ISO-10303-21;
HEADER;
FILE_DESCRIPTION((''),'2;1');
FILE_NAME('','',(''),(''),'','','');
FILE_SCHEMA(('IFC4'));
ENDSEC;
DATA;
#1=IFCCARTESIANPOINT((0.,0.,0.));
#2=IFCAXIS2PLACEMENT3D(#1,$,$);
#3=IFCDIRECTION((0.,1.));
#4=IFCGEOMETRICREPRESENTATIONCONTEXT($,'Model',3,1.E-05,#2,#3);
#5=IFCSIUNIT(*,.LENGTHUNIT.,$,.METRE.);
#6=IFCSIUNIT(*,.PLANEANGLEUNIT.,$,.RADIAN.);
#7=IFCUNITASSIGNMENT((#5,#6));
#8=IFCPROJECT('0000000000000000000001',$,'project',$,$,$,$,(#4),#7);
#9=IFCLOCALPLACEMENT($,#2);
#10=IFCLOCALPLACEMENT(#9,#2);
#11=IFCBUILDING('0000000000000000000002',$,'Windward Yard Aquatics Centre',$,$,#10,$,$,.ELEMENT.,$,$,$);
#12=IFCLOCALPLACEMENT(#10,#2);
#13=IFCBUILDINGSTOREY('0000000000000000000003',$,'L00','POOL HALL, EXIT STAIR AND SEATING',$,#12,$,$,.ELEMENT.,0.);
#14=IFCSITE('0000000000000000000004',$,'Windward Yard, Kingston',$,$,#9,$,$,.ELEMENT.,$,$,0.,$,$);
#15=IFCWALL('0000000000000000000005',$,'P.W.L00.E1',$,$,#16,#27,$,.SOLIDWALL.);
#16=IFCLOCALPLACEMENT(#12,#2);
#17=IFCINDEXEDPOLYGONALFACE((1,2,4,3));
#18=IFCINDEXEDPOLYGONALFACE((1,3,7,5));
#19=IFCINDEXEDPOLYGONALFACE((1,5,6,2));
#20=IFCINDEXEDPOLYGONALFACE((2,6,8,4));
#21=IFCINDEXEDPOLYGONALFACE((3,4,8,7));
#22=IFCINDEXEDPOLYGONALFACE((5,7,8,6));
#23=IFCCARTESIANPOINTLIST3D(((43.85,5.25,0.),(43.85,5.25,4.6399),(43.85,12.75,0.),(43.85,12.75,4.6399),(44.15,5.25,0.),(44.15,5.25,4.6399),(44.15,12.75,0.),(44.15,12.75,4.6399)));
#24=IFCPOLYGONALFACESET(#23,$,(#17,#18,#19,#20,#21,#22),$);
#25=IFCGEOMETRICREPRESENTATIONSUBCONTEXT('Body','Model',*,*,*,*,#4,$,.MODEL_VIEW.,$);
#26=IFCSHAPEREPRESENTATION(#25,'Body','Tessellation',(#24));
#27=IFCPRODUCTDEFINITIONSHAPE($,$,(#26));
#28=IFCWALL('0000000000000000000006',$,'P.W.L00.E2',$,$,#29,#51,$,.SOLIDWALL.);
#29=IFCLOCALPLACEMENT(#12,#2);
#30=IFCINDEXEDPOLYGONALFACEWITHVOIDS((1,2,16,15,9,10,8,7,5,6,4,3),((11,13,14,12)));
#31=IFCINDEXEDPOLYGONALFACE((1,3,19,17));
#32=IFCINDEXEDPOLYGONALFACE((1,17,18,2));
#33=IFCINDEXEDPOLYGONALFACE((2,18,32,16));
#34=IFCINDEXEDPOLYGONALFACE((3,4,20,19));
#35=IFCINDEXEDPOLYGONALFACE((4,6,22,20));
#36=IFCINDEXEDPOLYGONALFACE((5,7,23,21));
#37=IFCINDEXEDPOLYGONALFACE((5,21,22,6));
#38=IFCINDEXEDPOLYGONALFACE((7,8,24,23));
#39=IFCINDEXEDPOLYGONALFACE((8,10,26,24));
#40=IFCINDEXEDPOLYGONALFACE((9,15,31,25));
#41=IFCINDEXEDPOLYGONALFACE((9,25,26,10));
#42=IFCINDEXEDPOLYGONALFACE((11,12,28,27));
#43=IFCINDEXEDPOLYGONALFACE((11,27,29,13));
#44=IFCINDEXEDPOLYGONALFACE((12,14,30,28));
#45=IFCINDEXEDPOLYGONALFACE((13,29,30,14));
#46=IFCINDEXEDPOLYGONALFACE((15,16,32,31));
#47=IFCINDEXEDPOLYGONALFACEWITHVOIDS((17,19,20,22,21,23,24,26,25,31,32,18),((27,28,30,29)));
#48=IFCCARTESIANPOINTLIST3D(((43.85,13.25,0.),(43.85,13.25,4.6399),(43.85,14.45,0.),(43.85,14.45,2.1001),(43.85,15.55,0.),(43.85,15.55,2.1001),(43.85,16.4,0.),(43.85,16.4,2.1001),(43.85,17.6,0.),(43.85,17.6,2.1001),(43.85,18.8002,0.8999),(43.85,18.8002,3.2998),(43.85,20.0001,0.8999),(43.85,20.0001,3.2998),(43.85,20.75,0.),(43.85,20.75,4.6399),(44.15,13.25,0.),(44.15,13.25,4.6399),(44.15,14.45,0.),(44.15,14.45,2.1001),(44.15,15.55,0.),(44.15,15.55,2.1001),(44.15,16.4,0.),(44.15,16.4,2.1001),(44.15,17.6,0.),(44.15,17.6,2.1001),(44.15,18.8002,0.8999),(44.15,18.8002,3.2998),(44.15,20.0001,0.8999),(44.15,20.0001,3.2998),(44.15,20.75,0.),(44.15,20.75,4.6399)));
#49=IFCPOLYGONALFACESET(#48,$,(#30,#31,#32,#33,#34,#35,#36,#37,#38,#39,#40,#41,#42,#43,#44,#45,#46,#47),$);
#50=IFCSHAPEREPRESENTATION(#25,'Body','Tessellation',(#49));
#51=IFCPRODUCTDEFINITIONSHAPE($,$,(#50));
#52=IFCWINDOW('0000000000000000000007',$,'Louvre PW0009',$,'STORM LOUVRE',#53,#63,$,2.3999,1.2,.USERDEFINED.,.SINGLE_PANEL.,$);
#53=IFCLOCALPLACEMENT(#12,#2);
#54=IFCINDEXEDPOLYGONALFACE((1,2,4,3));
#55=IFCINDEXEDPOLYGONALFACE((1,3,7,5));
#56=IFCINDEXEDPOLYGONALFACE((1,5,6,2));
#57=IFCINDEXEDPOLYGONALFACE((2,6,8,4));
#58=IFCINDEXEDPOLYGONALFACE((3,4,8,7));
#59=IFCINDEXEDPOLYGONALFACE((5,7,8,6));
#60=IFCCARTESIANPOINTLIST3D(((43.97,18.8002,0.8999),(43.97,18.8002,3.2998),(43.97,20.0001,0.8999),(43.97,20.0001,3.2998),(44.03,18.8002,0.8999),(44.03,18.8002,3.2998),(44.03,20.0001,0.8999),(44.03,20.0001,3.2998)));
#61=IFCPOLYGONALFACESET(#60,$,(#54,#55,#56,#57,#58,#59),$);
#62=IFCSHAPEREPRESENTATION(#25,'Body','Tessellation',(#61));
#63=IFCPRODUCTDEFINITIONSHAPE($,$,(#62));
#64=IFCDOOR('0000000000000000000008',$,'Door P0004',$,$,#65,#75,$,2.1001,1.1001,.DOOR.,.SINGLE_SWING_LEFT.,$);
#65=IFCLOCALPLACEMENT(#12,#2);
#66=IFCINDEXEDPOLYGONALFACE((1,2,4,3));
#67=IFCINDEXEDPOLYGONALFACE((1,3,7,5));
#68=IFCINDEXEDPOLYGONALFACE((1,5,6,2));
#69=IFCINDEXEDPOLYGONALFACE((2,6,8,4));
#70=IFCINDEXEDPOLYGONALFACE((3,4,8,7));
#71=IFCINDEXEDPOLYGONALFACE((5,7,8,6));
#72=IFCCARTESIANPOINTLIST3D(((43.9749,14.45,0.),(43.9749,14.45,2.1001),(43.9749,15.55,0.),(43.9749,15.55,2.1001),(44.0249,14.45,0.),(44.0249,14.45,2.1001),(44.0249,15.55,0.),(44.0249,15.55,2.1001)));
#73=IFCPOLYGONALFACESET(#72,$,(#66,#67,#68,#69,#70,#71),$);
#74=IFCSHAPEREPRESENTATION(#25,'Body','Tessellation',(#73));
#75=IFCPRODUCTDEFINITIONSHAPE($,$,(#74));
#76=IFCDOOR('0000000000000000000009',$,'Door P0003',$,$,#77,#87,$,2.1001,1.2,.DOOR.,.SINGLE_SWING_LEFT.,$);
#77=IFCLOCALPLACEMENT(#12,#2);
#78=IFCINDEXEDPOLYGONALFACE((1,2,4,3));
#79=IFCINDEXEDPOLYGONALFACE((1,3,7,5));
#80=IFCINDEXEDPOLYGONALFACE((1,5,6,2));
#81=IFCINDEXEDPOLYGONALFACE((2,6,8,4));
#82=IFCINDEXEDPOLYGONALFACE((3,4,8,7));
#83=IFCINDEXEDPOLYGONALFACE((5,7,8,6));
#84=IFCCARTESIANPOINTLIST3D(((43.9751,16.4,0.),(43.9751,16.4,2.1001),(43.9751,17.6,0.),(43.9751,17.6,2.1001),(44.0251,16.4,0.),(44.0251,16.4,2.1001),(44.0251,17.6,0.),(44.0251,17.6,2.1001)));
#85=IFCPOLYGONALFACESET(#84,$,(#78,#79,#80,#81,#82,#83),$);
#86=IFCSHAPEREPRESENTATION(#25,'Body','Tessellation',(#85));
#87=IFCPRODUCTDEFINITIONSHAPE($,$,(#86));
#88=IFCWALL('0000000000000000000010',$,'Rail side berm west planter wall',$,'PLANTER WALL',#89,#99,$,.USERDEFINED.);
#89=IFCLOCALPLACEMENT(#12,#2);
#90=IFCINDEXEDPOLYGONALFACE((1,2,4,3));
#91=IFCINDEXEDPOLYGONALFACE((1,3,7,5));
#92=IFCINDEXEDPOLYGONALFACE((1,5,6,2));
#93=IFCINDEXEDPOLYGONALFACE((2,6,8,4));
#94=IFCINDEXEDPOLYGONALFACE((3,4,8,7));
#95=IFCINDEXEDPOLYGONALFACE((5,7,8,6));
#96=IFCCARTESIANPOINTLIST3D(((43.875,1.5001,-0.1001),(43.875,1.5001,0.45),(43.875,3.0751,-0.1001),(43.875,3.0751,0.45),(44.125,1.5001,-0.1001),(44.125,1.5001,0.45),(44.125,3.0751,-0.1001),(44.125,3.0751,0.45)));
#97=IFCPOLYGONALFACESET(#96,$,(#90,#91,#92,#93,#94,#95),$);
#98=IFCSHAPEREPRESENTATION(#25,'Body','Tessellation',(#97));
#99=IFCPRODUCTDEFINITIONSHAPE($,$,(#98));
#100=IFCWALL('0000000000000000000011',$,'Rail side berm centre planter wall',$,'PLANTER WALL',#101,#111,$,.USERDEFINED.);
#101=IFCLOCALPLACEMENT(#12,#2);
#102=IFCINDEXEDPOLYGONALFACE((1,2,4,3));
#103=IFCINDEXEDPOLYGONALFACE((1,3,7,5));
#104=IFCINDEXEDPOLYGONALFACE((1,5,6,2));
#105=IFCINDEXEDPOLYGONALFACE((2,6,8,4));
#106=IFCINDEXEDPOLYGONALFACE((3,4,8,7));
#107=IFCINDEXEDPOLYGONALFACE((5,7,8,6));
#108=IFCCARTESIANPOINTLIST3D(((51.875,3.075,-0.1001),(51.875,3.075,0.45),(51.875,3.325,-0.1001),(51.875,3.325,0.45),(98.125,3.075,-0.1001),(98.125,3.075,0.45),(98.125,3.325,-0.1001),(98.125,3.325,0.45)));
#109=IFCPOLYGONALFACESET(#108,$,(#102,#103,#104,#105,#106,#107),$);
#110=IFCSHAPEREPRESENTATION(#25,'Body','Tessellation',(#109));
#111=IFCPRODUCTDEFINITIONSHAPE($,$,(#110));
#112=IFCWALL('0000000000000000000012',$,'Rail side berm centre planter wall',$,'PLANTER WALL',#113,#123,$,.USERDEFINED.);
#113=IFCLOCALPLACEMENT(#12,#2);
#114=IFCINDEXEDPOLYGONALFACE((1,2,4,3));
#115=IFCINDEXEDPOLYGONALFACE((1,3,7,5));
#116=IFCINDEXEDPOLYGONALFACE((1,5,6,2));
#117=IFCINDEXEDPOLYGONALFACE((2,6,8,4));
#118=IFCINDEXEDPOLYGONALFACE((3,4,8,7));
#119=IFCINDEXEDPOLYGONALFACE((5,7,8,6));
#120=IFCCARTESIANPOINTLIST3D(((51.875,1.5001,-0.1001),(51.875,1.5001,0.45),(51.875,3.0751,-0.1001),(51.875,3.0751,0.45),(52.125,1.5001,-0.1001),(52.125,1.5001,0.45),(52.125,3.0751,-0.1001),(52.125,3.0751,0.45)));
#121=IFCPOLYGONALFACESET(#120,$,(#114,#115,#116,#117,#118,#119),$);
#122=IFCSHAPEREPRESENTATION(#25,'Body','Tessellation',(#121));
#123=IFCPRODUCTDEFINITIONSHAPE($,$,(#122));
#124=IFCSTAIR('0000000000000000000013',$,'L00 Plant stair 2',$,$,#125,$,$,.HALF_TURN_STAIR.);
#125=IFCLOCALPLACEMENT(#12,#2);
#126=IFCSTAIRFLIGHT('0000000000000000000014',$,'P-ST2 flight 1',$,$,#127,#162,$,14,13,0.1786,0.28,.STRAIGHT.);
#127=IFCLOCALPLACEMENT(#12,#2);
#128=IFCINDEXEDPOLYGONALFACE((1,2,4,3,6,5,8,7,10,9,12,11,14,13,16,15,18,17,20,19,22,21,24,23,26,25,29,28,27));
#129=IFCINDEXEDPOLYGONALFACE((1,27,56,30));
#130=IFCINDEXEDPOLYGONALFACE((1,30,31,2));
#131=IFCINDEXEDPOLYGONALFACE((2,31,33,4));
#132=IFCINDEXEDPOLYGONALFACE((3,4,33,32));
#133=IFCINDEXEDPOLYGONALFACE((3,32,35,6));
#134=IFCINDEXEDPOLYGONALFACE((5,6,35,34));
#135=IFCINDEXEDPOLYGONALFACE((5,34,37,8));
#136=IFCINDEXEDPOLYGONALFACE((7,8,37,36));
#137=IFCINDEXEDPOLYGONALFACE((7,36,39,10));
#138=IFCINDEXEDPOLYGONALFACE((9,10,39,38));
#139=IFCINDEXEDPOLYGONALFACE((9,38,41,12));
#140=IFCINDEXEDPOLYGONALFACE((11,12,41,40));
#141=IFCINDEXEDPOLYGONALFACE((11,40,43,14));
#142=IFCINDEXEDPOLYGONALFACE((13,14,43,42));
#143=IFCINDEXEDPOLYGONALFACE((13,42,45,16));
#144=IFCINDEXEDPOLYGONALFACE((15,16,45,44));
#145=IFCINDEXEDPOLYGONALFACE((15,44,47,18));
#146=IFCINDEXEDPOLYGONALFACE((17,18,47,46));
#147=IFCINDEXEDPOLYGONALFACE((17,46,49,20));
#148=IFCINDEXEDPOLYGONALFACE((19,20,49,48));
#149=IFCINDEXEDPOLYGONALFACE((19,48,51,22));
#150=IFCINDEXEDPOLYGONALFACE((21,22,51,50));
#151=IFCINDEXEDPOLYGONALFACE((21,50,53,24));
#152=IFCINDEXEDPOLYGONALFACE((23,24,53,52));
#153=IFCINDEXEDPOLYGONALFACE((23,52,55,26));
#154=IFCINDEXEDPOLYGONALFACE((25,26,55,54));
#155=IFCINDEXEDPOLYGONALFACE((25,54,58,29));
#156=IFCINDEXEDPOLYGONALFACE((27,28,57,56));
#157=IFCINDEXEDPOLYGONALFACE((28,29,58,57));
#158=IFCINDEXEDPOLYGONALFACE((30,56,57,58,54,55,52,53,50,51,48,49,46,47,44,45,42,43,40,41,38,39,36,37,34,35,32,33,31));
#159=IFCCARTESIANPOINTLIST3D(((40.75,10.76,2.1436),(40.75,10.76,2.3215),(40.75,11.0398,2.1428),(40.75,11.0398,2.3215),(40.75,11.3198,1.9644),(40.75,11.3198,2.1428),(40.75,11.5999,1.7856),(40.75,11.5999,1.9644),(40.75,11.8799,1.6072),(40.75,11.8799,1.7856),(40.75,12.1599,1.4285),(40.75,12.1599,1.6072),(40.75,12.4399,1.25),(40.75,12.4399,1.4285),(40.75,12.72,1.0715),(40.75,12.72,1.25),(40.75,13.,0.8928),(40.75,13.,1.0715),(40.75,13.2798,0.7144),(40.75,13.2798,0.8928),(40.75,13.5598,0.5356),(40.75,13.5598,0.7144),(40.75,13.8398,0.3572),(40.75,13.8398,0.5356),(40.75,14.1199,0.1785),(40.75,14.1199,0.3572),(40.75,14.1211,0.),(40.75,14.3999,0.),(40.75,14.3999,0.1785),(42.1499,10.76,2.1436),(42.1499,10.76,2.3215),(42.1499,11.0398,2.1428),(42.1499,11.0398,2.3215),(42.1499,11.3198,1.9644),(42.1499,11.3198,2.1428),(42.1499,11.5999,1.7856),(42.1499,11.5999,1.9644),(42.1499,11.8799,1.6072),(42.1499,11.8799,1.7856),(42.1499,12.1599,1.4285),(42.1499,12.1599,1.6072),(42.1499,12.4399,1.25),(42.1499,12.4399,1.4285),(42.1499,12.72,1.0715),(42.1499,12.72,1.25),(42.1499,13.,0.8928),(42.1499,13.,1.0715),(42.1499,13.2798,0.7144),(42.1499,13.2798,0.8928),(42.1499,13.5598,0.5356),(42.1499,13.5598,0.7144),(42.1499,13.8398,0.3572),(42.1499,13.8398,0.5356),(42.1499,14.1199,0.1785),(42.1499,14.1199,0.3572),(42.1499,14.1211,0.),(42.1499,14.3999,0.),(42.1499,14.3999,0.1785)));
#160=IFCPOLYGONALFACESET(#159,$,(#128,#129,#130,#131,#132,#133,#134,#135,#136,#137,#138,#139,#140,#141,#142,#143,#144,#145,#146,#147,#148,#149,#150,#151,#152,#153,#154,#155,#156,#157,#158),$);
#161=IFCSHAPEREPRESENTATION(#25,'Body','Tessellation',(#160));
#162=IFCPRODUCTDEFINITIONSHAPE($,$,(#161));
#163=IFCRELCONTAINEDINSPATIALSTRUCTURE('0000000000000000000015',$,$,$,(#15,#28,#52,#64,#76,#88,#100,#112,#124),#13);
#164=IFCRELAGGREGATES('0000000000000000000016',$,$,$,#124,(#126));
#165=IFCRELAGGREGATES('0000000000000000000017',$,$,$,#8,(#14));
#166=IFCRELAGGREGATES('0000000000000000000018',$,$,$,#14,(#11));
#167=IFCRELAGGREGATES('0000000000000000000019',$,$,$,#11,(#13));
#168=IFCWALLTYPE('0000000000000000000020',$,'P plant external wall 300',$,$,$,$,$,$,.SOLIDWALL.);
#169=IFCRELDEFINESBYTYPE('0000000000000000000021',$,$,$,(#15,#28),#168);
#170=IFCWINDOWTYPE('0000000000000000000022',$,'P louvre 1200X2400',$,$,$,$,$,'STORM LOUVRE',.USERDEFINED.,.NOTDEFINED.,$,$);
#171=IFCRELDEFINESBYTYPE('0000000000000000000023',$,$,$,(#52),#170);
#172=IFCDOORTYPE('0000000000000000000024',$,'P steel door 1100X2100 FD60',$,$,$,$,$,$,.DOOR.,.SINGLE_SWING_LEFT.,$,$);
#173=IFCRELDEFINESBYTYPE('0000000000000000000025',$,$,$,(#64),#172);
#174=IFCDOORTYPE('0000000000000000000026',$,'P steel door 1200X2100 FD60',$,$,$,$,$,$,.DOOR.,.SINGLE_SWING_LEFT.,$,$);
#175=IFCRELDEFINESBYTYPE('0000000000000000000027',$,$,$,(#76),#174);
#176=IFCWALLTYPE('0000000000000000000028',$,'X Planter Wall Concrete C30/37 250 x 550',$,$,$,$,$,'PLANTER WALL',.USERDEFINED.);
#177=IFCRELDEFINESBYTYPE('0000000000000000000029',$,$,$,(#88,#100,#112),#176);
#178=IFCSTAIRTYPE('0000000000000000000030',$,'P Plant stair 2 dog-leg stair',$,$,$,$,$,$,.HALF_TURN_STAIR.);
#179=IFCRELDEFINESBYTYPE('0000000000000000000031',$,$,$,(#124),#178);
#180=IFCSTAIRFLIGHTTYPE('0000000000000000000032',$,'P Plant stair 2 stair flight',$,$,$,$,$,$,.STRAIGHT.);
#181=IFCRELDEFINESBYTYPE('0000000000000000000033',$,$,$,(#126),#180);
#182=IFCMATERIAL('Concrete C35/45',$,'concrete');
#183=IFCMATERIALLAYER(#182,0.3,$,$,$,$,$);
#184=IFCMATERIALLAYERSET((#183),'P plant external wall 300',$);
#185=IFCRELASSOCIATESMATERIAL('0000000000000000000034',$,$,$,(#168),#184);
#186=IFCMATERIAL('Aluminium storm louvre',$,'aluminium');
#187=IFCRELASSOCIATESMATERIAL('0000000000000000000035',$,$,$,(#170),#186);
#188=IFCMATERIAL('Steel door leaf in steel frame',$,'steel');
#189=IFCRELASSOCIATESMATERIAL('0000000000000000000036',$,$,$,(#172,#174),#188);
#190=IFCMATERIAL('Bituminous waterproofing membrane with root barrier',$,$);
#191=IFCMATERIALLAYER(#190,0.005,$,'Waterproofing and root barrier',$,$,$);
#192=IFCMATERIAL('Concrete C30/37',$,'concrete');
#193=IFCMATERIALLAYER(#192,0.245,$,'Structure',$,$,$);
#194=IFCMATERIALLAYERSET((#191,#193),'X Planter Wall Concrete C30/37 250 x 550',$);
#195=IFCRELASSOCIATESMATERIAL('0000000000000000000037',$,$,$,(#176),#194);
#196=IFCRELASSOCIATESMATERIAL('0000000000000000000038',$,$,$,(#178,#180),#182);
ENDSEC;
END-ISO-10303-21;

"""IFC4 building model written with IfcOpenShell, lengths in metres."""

from ifc_helpers import new_model, si_unit, direction, frame, frame_2d, origin, place, context, subcontext, project, spatial, polyline, rectangle, outline, extrude, material, layer, layer_set, type_object, element, fill, aggregate, save


model = new_model("IFC4")

# Units and contexts
model_context = context("Model", 3, precision=1e-05, world=origin(), true_north=direction((0.0, 1.0)))
body_context = subcontext(model_context, "Body", "Model", "MODEL_VIEW")
ifc_project = project(units=[si_unit("LENGTHUNIT", "METRE"), si_unit("PLANEANGLEUNIT", "RADIAN")], contexts=[model_context])

# Site, building, storey
site_placement = place(None, origin())
site = spatial("IfcSite", under=ifc_project, at=site_placement, Name="Windward Yard, Kingston", CompositionType="ELEMENT", RefElevation=0.0)
building_placement = place(site_placement, origin())
building = spatial("IfcBuilding", under=site, at=building_placement, Name="Windward Yard Aquatics Centre", CompositionType="ELEMENT")
storey_placement = place(building_placement, origin())
storey = spatial("IfcBuildingStorey", under=building, at=storey_placement, Name="L00", Description="POOL HALL, EXIT STAIR AND SEATING", CompositionType="ELEMENT", Elevation=0.0)

# Shared definitions
ifc_material_1 = material(Name="Concrete C35/45", Category="concrete")

# Shared definitions
ifc_material_2 = material(Name="Steel door leaf in steel frame", Category="steel")

# Wall
ifc_layer_1 = layer(ifc_material_1, 0.3)
ifc_layer_set_1 = layer_set([ifc_layer_1], Name="P plant external wall 300")
wall_type_1 = type_object("IfcWallType", Name="P plant external wall 300", PredefinedType="SOLIDWALL", material=ifc_layer_set_1)
wall_1_placement = place(storey_placement, frame((44.0, 5.25, 0.0), z_axis=(0.0, 0.0, 1.0), x_axis=(0.0, 1.0, 0.0)))
element("IfcWall", 1, at=wall_1_placement, inside=storey, type_object=wall_type_1, Name="P.W.L00.E1", PredefinedType="SOLIDWALL", context=body_context, shape_type="SweptSolid", body=[
    extrude(rectangle(XDim=7.5, YDim=0.3, at=frame_2d((3.75, 0.0))), origin(), (0.0, 0.0, 1.0), 4.6399),
])

# Wall, openings, window, doors
wall_2_placement = place(storey_placement, frame((44.0, 13.25, 0.0), z_axis=(0.0, 0.0, 1.0), x_axis=(0.0, 1.0, 0.0)))
wall_2 = element("IfcWall", 2, at=wall_2_placement, inside=storey, type_object=wall_type_1, Name="P.W.L00.E2", PredefinedType="SOLIDWALL", context=body_context, shape_type="SweptSolid", body=[
    extrude(rectangle(XDim=7.5, YDim=0.3, at=frame_2d((3.75, 0.0))), origin(), (0.0, 0.0, 1.0), 4.6399),
])
opening_1_placement = place(wall_2_placement, frame((3.1499, 0.0, 0.0)))
opening_1 = element("IfcOpeningElement", 3, at=opening_1_placement, cuts=wall_2, PredefinedType="OPENING", context=body_context, shape_type="SweptSolid", body=[
    extrude(rectangle(XDim=1.2, YDim=2.1001, at=frame_2d((0.6001, 1.05))), frame((0.0, 0.1602, 0.0), z_axis=(0.0, -1.0, 0.0), x_axis=(1.0, 0.0, 0.0)), (0.0, 0.0, 1.0), 0.3201),
])
opening_2_placement = place(wall_2_placement, frame((2.3, 0.0, 0.0), z_axis=(0.0, 0.0, 1.0), x_axis=(-1.0, 0.0, 0.0)))
opening_2 = element("IfcOpeningElement", 4, at=opening_2_placement, cuts=wall_2, PredefinedType="OPENING", context=body_context, shape_type="SweptSolid", body=[
    extrude(rectangle(XDim=1.1001, YDim=2.1001, at=frame_2d((0.55, 1.05))), frame((0.0, 0.1602, 0.0), z_axis=(0.0, -1.0, 0.0), x_axis=(1.0, 0.0, 0.0)), (0.0, 0.0, 1.0), 0.3201),
])
opening_3_placement = place(wall_2_placement, frame((5.55, 0.0, 0.8999)))
opening_3 = element("IfcOpeningElement", 5, at=opening_3_placement, cuts=wall_2, PredefinedType="OPENING", context=body_context, shape_type="SweptSolid", body=[
    extrude(rectangle(XDim=1.2, YDim=2.3999, at=frame_2d((0.6001, 1.2))), frame((0.0, 0.1602, 0.0), z_axis=(0.0, -1.0, 0.0), x_axis=(1.0, 0.0, 0.0)), (0.0, 0.0, 1.0), 0.3201),
])
ifc_material_3 = material(Name="Aluminium storm louvre", Category="aluminium")
window_type = type_object("IfcWindowType", Name="P louvre 1200X2400", ElementType="STORM LOUVRE", PartitioningType="NOTDEFINED", PredefinedType="USERDEFINED", material=ifc_material_3)
window_placement = place(opening_3_placement, origin())
window = element("IfcWindow", 6, at=window_placement, inside=storey, type_object=window_type, Name="Louvre PW0009", ObjectType="STORM LOUVRE", OverallHeight=2.3999, OverallWidth=1.2, PartitioningType="SINGLE_PANEL", PredefinedType="USERDEFINED", context=body_context, shape_type="SweptSolid", body=[
    extrude(rectangle(XDim=1.2, YDim=2.3999, at=frame_2d((0.6001, 1.2))), frame((0.0, 0.03, 0.0), z_axis=(0.0, -1.0, 0.0), x_axis=(1.0, 0.0, 0.0)), (0.0, 0.0, 1.0), 0.0601),
])
fill(opening_3, window)
door_type_1 = type_object("IfcDoorType", Name="P steel door 1100X2100 FD60", OperationType="SINGLE_SWING_LEFT", PredefinedType="DOOR", material=ifc_material_2)
door_1_placement = place(opening_2_placement, origin())
door_1 = element("IfcDoor", 7, at=door_1_placement, inside=storey, type_object=door_type_1, Name="Door P0004", OperationType="SINGLE_SWING_LEFT", OverallHeight=2.1001, OverallWidth=1.1001, PredefinedType="DOOR", context=body_context, shape_type="SweptSolid", body=[
    extrude(rectangle(XDim=1.1001, YDim=2.1001, at=frame_2d((0.55, 1.05))), frame((0.0, 0.0249, 0.0), z_axis=(0.0, -1.0, 0.0), x_axis=(1.0, 0.0, 0.0)), (0.0, 0.0, 1.0), 0.05),
])
fill(opening_2, door_1)
door_type_2 = type_object("IfcDoorType", Name="P steel door 1200X2100 FD60", OperationType="SINGLE_SWING_LEFT", PredefinedType="DOOR", material=ifc_material_2)
door_2_placement = place(opening_1_placement, origin())
door_2 = element("IfcDoor", 8, at=door_2_placement, inside=storey, type_object=door_type_2, Name="Door P0003", OperationType="SINGLE_SWING_LEFT", OverallHeight=2.1001, OverallWidth=1.2, PredefinedType="DOOR", context=body_context, shape_type="SweptSolid", body=[
    extrude(rectangle(XDim=1.2, YDim=2.1001, at=frame_2d((0.6001, 1.05))), frame((0.0, 0.0249, 0.0), z_axis=(0.0, -1.0, 0.0), x_axis=(1.0, 0.0, 0.0)), (0.0, 0.0, 1.0), 0.05),
])
fill(opening_1, door_2)

# Walls
ifc_material_4 = material(Name="Bituminous waterproofing membrane with root barrier")
ifc_layer_2 = layer(ifc_material_4, 0.005, Name="Waterproofing and root barrier")
ifc_material_5 = material(Name="Concrete C30/37", Category="concrete")
ifc_layer_3 = layer(ifc_material_5, 0.245, Name="Structure")
ifc_layer_set_2 = layer_set([ifc_layer_2, ifc_layer_3], Name="X Planter Wall Concrete C30/37 250 x 550")
wall_type_2 = type_object("IfcWallType", Name="X Planter Wall Concrete C30/37 250 x 550", ElementType="PLANTER WALL", PredefinedType="USERDEFINED", material=ifc_layer_set_2)
wall_3_placement = place(storey_placement, frame((44.0, 1.5, -0.1001), z_axis=(0.0, 0.0, 1.0), x_axis=(0.0, 1.0, 0.0)))
element("IfcWall", 9, at=wall_3_placement, inside=storey, type_object=wall_type_2, Name="Rail side berm west planter wall", ObjectType="PLANTER WALL", PredefinedType="USERDEFINED", context=body_context, shape_type="SweptSolid", body=[
    extrude(rectangle(XDim=1.575, YDim=0.25, at=frame_2d((0.7876, 0.0))), origin(), (0.0, 0.0, 1.0), 0.55),
])
wall_4_placement = place(storey_placement, frame((51.875, 3.2, -0.1001), z_axis=(0.0, 0.0, 1.0), x_axis=(1.0, 0.0, 0.0)))
element("IfcWall", 10, at=wall_4_placement, inside=storey, type_object=wall_type_2, Name="Rail side berm centre planter wall", ObjectType="PLANTER WALL", PredefinedType="USERDEFINED", context=body_context, shape_type="SweptSolid", body=[
    extrude(rectangle(XDim=46.25, YDim=0.25, at=frame_2d((23.125, 0.0))), origin(), (0.0, 0.0, 1.0), 0.55),
])
wall_5_placement = place(storey_placement, frame((52.0, 1.5, -0.1001), z_axis=(0.0, 0.0, 1.0), x_axis=(0.0, 1.0, 0.0)))
element("IfcWall", 11, at=wall_5_placement, inside=storey, type_object=wall_type_2, Name="Rail side berm centre planter wall", ObjectType="PLANTER WALL", PredefinedType="USERDEFINED", context=body_context, shape_type="SweptSolid", body=[
    extrude(rectangle(XDim=1.575, YDim=0.25, at=frame_2d((0.7876, 0.0))), origin(), (0.0, 0.0, 1.0), 0.55),
])

# Stair, stair flight
stair_type = type_object("IfcStairType", Name="P Plant stair 2 dog-leg stair", PredefinedType="HALF_TURN_STAIR", material=ifc_material_1)
stair_placement = place(storey_placement, origin())
stair = element("IfcStair", 12, at=stair_placement, inside=storey, type_object=stair_type, Name="L00 Plant stair 2", PredefinedType="HALF_TURN_STAIR")
stair_flight_type = type_object("IfcStairFlightType", Name="P Plant stair 2 stair flight", PredefinedType="STRAIGHT", material=ifc_material_1)
stair_flight_1_placement = place(storey_placement, frame((41.45, 14.3999, 0.0), z_axis=(0.0, 0.0, 1.0), x_axis=(0.0, -1.0, 0.0)))
stair_flight_1 = element("IfcStairFlight", 13, at=stair_flight_1_placement, type_object=stair_flight_type, Name="P-ST2 flight 1", NumberOfRisers=14, NumberOfTreads=13, PredefinedType="STRAIGHT", RiserHeight=0.1786, TreadLength=0.28, context=body_context, shape_type="SweptSolid", body=[
    extrude(outline(polyline([(0.0, 0.0), (0.0, 0.1785), (0.28, 0.1785), (0.28, 0.3572), (0.5601, 0.3572), (0.5601, 0.5356), (0.8401, 0.5356), (0.8401, 0.7144), (1.1201, 0.7144), (1.1201, 0.8928), (1.3999, 0.8928), (1.3999, 1.0715), (1.6799, 1.0715), (1.6799, 1.25), (1.96, 1.25), (1.96, 1.4285), (2.24, 1.4285), (2.24, 1.6072), (2.52, 1.6072), (2.52, 1.7856), (2.8, 1.7856), (2.8, 1.9644), (3.0801, 1.9644), (3.0801, 2.1428), (3.3601, 2.1428), (3.3601, 2.3215), (3.6399, 2.3215), (3.6399, 2.5), (3.6399, 2.1436), (0.2788, 0.0), (0.0, 0.0)])), frame((0.0, 0.7, 0.0), z_axis=(0.0, -1.0, 0.0), x_axis=(1.0, 0.0, 0.0)), (0.0, 0.0, 1.0), 1.3999),
])
aggregate(stair, [stair_flight_1])

save(model, "model.ifc")
